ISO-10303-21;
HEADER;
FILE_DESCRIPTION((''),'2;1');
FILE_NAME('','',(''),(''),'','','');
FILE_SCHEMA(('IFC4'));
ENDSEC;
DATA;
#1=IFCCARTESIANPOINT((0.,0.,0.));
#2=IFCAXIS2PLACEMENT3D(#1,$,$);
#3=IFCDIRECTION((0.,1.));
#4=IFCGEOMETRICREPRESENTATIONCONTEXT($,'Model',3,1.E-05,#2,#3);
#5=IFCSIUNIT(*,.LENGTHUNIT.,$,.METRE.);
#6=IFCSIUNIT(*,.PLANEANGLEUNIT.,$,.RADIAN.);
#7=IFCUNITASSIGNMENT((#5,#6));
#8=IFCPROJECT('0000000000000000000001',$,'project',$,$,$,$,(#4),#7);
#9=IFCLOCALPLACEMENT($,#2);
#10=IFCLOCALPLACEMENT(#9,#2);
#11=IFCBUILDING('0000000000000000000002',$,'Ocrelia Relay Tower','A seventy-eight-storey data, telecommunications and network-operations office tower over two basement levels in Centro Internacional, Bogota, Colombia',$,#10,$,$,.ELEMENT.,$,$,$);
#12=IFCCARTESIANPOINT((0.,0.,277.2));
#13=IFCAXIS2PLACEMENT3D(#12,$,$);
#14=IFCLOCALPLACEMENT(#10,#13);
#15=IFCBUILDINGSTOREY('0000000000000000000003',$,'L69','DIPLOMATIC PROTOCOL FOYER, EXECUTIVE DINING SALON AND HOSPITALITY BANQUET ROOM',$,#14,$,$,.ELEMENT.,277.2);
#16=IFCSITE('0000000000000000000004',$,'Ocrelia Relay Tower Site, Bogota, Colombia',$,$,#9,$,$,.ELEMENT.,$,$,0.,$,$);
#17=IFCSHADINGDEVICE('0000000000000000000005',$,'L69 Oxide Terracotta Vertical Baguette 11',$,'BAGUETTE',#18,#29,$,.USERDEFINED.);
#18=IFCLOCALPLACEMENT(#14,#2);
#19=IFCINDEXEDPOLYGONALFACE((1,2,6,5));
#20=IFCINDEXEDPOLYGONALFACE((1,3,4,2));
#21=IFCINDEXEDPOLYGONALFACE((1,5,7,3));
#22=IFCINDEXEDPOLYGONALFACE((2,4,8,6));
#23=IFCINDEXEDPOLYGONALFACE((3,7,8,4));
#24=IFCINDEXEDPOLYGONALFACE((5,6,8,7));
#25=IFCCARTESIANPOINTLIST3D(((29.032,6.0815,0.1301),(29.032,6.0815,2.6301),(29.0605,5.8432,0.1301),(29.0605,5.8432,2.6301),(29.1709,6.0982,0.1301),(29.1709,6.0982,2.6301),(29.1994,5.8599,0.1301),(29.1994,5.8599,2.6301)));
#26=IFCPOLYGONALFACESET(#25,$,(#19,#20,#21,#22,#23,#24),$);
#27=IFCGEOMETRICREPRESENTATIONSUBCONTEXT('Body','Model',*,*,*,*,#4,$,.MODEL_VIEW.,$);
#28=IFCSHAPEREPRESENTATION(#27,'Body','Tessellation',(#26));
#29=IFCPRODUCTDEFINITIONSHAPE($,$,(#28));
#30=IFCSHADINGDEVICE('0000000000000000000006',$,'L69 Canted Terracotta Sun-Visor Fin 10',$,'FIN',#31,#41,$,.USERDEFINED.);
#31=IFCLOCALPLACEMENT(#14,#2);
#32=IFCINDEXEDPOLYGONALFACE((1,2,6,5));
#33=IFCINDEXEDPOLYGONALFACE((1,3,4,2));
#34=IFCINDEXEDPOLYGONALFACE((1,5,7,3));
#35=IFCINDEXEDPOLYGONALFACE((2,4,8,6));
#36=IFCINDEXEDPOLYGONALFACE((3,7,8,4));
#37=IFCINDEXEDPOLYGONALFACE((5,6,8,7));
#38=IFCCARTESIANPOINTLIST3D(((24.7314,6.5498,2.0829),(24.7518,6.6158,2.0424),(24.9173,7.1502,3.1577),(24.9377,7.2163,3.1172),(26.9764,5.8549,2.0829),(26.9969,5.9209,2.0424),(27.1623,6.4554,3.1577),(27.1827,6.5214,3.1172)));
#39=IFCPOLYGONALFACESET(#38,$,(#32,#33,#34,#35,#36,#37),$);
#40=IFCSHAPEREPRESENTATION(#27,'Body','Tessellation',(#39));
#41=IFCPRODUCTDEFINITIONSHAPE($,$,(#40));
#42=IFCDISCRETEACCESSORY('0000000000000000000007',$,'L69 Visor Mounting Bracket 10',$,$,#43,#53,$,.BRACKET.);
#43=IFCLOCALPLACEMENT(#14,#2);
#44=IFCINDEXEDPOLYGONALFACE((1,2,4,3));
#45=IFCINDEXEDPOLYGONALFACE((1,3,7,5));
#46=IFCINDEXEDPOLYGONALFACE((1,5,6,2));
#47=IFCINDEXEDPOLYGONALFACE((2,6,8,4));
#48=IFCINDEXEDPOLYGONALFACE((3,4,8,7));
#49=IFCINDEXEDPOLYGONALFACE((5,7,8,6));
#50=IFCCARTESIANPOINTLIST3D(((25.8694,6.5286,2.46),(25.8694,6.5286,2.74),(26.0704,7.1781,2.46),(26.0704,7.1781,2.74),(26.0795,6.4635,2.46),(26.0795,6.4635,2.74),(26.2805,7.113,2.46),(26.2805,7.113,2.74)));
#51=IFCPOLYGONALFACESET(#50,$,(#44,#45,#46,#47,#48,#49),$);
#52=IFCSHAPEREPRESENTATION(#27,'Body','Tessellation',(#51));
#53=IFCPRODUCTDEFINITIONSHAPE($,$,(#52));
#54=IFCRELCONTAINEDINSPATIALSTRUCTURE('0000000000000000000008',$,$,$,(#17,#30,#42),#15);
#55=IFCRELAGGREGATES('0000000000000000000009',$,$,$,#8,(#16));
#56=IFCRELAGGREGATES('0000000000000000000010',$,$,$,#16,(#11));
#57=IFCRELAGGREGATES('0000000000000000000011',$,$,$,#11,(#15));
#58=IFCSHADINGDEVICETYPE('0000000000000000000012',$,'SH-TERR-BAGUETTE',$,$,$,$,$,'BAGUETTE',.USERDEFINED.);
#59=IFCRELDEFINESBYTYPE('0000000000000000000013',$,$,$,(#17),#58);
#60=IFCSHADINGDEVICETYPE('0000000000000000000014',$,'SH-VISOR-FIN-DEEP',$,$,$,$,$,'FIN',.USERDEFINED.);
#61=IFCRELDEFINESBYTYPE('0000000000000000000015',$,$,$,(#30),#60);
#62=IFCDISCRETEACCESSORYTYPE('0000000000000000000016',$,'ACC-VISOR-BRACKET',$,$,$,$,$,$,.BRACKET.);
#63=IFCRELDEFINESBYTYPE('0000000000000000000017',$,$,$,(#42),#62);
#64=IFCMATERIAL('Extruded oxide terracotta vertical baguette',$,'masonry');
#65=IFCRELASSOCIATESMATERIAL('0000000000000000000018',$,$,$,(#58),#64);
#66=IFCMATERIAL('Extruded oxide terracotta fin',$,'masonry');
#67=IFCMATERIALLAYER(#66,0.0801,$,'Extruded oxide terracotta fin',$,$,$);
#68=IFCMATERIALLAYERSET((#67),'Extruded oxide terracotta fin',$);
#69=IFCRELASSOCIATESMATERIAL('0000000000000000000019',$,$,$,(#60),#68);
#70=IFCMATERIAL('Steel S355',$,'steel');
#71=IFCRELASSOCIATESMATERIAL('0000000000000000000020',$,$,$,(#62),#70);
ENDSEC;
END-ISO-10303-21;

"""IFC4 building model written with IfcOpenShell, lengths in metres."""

from ifc_helpers import new_model, si_unit, direction, frame, origin, origin_2d, place, context, subcontext, project, spatial, rectangle, extrude, material, layer, layer_set, type_object, element, save


model = new_model("IFC4")

# Units and contexts
model_context = context("Model", 3, precision=1e-05, world=origin(), true_north=direction((0.0, 1.0)))
body_context = subcontext(model_context, "Body", "Model", "MODEL_VIEW")
ifc_project = project(units=[si_unit("LENGTHUNIT", "METRE"), si_unit("PLANEANGLEUNIT", "RADIAN")], contexts=[model_context])

# Site, building, storey
site_placement = place(None, origin())
site = spatial("IfcSite", under=ifc_project, at=site_placement, Name="Ocrelia Relay Tower Site, Bogota, Colombia", CompositionType="ELEMENT", RefElevation=0.0)
building_placement = place(site_placement, origin())
building = spatial("IfcBuilding", under=site, at=building_placement, Name="Ocrelia Relay Tower", Description="A seventy-eight-storey data, telecommunications and network-operations office tower over two basement levels in Centro Internacional, Bogota, Colombia", CompositionType="ELEMENT")
storey_placement = place(building_placement, frame((0.0, 0.0, 277.2)))
storey = spatial("IfcBuildingStorey", under=building, at=storey_placement, Name="L69", Description="DIPLOMATIC PROTOCOL FOYER, EXECUTIVE DINING SALON AND HOSPITALITY BANQUET ROOM", CompositionType="ELEMENT", Elevation=277.2)

# Shared definitions
ifc_material_1 = material(Name="Steel S355", Category="steel")

# Shading devices
ifc_material_2 = material(Name="Extruded oxide terracotta vertical baguette", Category="masonry")
shading_device_type_1 = type_object("IfcShadingDeviceType", Name="SH-TERR-BAGUETTE", ElementType="BAGUETTE", PredefinedType="USERDEFINED", material=ifc_material_2)
shading_device_1_placement = place(storey_placement, frame((29.1157, 5.9707, 0.1301), z_axis=(0.0, 0.0, 1.0), x_axis=(0.992899, 0.118957, 0.0)))
element("IfcShadingDevice", 1, at=shading_device_1_placement, inside=storey, type_object=shading_device_type_1, Name="L69 Oxide Terracotta Vertical Baguette 11", ObjectType="BAGUETTE", PredefinedType="USERDEFINED", context=body_context, shape_type="SweptSolid", body=[
    extrude(rectangle(XDim=0.1399, YDim=0.24, at=origin_2d()), origin(), (0.0, 0.0, 1.0), 2.5),
])
ifc_material_3 = material(Name="Extruded oxide terracotta fin", Category="masonry")
ifc_layer_1 = layer(ifc_material_3, 0.0801, Name="Extruded oxide terracotta fin")
ifc_layer_set_1 = layer_set([ifc_layer_1], Name="Extruded oxide terracotta fin")
shading_device_type_2 = type_object("IfcShadingDeviceType", Name="SH-VISOR-FIN-DEEP", ElementType="FIN", PredefinedType="USERDEFINED", material=ifc_layer_set_1)
shading_device_2_placement = place(storey_placement, frame((25.9673, 6.5686, 2.5798), z_axis=(-0.255224, -0.824626, 0.504829), x_axis=(0.955292, -0.295665, 0.0)))
element("IfcShadingDevice", 2, at=shading_device_2_placement, inside=storey, type_object=shading_device_type_2, Name="L69 Canted Terracotta Sun-Visor Fin 10", ObjectType="FIN", PredefinedType="USERDEFINED", context=body_context, shape_type="SweptSolid", body=[
    extrude(rectangle(XDim=2.3501, YDim=1.2451, at=origin_2d()), origin(), (0.0, 0.0, 1.0), 0.0801),
])

# Discrete accessory
discrete_accessory_type = type_object("IfcDiscreteAccessoryType", Name="ACC-VISOR-BRACKET", PredefinedType="BRACKET", material=ifc_material_1)
discrete_accessory_placement = place(storey_placement, frame((26.075, 6.8208, 2.46), z_axis=(0.0, 0.0, 1.0), x_axis=(0.955292, -0.295665, 0.0)))
element("IfcDiscreteAccessory", 3, at=discrete_accessory_placement, inside=storey, type_object=discrete_accessory_type, Name="L69 Visor Mounting Bracket 10", PredefinedType="BRACKET", context=body_context, shape_type="SweptSolid", body=[
    extrude(rectangle(XDim=0.22, YDim=0.6799, at=origin_2d()), origin(), (0.0, 0.0, 1.0), 0.28),
])

save(model, "model.ifc")
